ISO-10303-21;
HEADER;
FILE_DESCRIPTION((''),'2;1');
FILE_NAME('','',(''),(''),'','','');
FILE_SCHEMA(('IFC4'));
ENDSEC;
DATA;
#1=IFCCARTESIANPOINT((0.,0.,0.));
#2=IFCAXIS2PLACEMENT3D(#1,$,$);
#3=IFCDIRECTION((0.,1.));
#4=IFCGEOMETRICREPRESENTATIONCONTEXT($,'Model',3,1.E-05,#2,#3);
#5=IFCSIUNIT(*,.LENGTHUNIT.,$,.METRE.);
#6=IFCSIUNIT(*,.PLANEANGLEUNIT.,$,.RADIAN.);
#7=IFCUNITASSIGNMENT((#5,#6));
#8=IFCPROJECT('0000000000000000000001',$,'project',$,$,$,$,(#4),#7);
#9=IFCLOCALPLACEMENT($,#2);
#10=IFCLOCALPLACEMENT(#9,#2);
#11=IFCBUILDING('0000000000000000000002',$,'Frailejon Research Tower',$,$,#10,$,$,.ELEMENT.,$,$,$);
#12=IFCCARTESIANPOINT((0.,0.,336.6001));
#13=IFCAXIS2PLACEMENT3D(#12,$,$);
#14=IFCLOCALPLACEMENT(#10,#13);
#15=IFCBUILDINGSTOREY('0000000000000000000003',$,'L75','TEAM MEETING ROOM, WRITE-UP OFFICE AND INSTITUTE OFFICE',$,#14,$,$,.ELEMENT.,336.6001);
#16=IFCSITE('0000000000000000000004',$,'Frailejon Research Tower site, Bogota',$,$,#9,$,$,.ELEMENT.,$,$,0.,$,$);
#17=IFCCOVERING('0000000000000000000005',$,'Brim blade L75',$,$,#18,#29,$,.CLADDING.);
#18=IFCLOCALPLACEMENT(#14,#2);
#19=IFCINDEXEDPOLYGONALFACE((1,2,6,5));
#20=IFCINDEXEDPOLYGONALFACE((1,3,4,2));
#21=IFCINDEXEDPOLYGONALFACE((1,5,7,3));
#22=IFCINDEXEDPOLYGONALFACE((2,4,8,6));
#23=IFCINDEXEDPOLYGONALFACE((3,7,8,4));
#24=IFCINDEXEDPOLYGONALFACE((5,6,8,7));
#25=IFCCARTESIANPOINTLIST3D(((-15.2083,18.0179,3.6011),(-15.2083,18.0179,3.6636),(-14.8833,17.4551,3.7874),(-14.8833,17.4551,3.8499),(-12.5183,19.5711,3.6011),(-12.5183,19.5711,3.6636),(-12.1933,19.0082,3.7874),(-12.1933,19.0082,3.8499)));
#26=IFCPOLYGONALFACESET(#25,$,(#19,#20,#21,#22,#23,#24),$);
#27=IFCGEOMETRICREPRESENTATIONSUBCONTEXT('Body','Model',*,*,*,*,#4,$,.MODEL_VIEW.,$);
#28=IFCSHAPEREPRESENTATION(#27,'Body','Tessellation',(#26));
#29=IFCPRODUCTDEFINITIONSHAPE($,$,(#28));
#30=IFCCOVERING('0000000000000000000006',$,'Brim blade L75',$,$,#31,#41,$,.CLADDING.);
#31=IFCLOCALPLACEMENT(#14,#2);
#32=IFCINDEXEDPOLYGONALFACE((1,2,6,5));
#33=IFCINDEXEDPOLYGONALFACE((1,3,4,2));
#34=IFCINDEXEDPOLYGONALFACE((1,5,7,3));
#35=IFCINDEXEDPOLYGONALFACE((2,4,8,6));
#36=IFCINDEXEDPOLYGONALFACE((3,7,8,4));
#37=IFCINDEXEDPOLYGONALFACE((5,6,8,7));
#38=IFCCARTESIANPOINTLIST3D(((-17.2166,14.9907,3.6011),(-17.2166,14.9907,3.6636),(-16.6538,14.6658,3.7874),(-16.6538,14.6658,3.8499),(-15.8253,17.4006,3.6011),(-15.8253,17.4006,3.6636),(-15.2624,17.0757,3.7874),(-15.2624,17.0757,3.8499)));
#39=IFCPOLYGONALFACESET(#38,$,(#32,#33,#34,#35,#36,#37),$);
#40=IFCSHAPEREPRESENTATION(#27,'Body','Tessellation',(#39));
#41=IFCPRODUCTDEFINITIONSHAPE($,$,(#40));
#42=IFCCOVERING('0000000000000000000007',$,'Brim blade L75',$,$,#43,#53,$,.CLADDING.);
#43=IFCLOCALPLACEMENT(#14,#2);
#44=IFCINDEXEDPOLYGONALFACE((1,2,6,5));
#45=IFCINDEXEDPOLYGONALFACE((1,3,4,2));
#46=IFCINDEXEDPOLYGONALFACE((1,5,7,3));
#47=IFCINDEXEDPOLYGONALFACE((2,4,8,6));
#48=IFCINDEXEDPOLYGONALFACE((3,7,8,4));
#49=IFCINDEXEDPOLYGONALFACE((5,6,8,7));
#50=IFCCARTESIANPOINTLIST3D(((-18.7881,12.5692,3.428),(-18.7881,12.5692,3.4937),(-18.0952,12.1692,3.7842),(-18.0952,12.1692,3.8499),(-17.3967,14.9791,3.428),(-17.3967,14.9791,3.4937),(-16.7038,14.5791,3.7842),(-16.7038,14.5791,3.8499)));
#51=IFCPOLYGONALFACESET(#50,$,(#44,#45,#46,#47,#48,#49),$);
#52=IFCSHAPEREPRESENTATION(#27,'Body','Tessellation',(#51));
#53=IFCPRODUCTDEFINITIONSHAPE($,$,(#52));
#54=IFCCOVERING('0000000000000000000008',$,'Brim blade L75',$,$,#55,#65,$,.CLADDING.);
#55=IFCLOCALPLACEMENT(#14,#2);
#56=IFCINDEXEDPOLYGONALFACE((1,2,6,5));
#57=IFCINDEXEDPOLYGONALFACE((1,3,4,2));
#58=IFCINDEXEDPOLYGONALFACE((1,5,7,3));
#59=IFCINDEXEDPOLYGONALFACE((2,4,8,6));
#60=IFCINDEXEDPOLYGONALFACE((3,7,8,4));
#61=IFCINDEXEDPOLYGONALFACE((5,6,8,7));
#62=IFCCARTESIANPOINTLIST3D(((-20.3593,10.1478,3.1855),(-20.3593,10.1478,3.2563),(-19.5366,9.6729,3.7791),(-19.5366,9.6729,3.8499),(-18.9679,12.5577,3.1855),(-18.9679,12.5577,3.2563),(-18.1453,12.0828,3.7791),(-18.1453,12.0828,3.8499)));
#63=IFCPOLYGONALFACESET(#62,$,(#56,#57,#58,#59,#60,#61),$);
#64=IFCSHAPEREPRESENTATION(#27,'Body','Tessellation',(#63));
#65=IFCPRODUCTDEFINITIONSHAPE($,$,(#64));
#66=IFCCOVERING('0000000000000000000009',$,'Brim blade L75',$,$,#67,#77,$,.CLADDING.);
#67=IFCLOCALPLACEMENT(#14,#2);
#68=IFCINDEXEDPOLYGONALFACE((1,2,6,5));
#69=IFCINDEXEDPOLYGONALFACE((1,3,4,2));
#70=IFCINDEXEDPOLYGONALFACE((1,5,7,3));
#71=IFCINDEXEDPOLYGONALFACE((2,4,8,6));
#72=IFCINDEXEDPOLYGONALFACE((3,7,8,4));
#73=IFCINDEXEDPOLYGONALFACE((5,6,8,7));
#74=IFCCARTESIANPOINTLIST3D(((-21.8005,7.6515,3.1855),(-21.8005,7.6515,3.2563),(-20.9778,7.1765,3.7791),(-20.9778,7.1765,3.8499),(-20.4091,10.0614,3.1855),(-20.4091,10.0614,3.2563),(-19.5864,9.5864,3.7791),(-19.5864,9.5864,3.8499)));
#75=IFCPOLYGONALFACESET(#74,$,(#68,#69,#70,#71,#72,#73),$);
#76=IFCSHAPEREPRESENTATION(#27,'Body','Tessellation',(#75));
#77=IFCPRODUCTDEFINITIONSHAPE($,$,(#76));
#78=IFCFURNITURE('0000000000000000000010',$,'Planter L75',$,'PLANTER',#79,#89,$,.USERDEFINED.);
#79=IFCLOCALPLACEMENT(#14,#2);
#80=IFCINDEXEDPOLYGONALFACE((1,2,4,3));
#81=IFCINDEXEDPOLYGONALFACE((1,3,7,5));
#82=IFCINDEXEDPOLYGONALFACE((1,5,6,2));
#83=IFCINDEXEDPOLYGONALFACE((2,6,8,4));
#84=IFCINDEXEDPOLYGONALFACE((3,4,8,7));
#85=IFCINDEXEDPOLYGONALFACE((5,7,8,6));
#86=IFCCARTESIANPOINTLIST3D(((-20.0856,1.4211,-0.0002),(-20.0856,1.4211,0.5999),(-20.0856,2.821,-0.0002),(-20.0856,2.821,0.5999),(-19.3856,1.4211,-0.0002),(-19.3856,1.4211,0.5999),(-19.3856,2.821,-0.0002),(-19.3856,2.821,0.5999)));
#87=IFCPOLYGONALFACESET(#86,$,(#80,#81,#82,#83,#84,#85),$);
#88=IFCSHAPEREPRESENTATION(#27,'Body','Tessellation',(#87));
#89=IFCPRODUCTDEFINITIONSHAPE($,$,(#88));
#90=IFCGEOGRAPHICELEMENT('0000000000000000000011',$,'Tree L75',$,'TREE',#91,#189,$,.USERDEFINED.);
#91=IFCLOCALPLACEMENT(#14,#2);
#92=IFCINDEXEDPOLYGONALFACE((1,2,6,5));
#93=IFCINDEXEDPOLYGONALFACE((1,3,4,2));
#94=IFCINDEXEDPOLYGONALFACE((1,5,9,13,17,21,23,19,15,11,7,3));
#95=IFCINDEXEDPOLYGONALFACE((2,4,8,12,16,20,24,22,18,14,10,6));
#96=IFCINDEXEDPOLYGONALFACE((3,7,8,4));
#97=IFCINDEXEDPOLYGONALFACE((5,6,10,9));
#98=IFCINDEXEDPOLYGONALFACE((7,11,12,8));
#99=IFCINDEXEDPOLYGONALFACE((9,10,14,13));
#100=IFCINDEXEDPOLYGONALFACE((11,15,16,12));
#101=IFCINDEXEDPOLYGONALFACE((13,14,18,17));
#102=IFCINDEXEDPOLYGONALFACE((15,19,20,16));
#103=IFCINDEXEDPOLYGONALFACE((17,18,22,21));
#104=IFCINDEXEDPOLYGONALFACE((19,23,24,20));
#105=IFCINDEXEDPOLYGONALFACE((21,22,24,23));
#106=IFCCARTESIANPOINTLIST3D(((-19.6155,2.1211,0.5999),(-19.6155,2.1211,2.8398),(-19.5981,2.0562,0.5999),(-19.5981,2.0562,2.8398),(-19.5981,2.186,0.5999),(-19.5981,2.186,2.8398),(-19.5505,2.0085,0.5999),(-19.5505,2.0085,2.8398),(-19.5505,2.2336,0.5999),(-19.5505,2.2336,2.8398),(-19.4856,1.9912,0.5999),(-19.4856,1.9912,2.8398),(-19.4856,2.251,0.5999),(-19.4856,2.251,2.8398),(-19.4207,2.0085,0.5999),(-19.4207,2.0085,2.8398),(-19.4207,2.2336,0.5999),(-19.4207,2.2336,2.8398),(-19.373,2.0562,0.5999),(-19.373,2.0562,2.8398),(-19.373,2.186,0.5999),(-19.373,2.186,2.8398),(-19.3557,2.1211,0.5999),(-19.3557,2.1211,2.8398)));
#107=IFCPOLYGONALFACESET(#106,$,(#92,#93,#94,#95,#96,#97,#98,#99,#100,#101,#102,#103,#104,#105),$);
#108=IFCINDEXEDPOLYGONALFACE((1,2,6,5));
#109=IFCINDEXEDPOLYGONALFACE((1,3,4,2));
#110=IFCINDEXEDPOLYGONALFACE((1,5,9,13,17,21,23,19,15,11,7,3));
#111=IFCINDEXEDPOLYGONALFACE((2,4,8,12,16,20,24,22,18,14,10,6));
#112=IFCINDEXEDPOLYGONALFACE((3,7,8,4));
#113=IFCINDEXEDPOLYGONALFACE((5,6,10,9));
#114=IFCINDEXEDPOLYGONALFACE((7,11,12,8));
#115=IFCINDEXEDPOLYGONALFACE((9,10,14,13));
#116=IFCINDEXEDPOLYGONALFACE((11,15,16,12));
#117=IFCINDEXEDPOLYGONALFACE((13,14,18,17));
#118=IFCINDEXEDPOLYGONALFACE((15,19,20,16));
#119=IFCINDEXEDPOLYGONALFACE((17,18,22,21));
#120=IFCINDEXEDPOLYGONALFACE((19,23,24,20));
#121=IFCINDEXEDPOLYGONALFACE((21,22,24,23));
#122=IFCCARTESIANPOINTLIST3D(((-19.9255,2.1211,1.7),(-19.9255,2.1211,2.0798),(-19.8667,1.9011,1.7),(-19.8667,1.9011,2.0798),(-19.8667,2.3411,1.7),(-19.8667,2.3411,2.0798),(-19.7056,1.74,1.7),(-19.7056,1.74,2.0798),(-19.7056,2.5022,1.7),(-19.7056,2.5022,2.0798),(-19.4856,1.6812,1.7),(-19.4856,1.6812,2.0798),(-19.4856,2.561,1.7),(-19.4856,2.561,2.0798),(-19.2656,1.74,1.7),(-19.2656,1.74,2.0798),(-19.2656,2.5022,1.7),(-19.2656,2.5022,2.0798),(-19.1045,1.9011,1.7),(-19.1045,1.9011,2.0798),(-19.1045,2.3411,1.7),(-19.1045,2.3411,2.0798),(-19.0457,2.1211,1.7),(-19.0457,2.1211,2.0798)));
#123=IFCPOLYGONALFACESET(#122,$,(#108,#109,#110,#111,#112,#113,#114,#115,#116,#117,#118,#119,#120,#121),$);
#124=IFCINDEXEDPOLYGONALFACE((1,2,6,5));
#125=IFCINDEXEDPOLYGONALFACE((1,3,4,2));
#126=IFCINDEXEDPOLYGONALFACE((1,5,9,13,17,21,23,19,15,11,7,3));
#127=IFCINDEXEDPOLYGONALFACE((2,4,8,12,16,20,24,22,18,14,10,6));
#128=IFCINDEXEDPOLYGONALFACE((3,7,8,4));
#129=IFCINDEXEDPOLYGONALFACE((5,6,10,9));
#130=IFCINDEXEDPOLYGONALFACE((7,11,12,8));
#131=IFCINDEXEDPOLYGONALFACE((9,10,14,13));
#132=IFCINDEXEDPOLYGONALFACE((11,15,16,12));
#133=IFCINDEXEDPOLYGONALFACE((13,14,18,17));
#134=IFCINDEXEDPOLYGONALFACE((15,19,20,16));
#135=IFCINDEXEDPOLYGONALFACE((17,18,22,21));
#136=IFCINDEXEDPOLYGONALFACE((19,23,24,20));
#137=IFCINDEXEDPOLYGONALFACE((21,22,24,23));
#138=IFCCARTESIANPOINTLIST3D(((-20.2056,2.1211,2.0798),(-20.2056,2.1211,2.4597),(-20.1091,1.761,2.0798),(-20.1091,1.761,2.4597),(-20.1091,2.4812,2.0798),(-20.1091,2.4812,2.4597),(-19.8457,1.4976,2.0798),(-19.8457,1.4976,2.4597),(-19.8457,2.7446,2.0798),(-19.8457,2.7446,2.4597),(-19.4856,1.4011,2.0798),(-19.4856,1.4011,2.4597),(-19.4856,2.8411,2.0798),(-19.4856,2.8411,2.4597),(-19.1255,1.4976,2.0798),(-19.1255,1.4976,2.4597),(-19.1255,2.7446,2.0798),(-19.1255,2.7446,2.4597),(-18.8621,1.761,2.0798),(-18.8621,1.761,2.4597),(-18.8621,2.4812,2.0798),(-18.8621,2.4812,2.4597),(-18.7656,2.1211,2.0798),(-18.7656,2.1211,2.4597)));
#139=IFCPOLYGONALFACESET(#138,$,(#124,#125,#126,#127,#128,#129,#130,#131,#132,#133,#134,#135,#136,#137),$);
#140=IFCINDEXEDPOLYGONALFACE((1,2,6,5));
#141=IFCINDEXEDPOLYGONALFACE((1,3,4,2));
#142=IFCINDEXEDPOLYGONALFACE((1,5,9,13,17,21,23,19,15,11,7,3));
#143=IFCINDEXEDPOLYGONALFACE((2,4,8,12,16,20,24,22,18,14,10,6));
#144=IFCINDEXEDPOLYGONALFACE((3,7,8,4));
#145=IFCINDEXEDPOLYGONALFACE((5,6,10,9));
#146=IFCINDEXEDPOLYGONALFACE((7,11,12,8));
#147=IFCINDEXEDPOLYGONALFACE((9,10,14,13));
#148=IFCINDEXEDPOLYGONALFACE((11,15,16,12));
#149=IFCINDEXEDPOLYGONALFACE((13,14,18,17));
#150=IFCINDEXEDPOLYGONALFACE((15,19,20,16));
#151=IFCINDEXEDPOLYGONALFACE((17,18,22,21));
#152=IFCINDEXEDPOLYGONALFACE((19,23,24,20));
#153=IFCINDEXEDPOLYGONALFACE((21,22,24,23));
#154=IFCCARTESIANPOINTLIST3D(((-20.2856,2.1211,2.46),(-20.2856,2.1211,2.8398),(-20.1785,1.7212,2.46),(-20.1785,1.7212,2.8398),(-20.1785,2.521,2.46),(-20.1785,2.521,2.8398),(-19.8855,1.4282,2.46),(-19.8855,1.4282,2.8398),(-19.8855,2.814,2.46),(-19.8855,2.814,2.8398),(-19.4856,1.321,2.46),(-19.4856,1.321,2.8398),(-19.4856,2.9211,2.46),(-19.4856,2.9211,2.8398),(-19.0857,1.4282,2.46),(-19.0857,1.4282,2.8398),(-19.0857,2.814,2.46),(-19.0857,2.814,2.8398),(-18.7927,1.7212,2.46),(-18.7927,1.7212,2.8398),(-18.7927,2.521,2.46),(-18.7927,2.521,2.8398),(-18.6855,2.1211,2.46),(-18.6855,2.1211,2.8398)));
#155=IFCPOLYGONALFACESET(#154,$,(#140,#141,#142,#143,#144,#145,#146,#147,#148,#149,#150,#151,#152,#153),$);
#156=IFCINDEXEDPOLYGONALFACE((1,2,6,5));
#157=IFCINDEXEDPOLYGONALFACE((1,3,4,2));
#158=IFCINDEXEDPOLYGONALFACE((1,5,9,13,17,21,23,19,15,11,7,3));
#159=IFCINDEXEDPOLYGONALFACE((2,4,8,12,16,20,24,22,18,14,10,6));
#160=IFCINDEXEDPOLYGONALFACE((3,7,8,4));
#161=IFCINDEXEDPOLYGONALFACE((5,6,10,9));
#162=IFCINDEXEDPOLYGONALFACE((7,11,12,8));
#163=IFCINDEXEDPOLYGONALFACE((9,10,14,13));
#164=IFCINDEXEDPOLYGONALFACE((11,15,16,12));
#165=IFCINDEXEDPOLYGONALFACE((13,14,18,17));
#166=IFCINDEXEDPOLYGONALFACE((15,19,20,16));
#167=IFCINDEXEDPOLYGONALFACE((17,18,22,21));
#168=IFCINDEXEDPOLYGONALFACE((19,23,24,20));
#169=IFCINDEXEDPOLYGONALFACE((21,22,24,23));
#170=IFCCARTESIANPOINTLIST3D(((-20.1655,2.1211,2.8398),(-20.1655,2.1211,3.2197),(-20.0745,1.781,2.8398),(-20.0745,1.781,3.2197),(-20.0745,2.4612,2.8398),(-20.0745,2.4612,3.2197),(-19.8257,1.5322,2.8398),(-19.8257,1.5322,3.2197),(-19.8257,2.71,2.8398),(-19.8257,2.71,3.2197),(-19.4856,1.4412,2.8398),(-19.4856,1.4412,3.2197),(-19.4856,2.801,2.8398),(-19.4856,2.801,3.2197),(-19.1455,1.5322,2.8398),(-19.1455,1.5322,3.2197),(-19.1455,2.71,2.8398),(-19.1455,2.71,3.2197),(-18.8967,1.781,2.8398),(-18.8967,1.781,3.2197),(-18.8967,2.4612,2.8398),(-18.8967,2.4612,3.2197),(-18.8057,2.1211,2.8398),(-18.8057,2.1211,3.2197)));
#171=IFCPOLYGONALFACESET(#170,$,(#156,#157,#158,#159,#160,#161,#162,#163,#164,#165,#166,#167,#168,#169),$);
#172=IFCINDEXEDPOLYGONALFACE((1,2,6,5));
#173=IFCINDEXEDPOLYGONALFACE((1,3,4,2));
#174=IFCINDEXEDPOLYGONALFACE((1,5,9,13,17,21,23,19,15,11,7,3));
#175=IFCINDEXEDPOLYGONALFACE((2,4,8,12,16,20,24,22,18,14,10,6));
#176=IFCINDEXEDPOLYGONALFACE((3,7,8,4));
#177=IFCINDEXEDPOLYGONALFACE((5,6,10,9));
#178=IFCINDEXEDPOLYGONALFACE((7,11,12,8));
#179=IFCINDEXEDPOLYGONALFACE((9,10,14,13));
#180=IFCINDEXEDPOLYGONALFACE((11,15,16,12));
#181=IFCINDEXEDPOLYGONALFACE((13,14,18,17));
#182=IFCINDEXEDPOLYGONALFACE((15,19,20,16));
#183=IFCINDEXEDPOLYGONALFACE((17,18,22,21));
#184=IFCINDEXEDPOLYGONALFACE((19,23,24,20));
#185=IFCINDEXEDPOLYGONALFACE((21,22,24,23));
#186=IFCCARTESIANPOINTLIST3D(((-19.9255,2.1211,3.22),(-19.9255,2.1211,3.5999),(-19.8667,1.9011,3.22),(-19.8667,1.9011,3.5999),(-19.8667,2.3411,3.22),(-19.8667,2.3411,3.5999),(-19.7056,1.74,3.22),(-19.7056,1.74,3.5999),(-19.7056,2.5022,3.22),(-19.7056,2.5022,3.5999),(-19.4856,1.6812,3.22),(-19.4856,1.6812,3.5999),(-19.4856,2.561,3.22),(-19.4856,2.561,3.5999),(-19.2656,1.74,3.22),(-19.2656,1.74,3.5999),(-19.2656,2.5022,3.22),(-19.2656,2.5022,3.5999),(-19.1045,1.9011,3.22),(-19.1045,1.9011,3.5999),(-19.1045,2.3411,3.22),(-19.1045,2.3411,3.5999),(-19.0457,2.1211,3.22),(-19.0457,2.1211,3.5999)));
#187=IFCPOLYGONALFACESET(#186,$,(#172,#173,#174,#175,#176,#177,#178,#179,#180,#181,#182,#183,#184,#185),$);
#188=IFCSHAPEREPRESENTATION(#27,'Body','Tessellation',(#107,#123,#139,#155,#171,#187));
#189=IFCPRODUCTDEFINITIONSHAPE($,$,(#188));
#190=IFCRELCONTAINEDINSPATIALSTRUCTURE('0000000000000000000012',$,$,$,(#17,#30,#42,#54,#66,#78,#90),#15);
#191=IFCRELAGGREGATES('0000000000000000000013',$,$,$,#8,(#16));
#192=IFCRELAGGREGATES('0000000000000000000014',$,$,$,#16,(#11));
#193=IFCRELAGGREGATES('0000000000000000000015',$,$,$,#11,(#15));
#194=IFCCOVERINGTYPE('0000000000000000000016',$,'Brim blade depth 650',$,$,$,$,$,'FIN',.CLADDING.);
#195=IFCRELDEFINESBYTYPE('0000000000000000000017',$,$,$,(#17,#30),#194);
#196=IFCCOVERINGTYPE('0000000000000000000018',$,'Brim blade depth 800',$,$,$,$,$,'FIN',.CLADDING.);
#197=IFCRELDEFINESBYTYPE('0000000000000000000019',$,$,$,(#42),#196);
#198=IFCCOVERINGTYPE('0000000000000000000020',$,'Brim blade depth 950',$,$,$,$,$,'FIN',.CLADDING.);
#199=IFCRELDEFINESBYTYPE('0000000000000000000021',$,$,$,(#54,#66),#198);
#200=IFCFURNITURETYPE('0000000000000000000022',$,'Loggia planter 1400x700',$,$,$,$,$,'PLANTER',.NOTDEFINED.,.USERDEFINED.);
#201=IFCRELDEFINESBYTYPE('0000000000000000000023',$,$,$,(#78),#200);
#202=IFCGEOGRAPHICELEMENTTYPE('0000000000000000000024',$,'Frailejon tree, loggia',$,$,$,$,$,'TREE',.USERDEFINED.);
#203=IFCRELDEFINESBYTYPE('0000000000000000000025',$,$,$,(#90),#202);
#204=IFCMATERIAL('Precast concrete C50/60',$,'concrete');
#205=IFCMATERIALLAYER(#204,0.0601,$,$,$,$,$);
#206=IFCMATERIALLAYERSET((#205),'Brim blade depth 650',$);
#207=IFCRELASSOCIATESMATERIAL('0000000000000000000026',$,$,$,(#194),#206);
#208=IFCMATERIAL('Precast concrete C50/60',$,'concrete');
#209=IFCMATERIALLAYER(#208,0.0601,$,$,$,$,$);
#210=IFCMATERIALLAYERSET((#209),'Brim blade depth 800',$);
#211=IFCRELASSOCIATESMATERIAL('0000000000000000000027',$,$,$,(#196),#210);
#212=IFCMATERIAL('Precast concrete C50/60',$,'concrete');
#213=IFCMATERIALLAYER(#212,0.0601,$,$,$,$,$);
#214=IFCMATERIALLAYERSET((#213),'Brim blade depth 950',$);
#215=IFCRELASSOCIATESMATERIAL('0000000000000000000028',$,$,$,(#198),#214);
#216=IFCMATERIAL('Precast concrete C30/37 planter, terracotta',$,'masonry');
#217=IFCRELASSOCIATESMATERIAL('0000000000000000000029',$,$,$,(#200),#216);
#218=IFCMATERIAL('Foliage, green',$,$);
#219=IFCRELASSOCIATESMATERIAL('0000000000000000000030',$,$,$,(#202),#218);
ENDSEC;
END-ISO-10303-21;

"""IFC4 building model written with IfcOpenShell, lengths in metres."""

from ifc_helpers import new_model, si_unit, direction, frame, origin, origin_2d, place, context, subcontext, project, spatial, polyline, rectangle, outline, extrude, material, layer, layer_set, type_object, element, save


model = new_model("IFC4")

# Units and contexts
model_context = context("Model", 3, precision=1e-05, world=origin(), true_north=direction((0.0, 1.0)))
body_context = subcontext(model_context, "Body", "Model", "MODEL_VIEW")
ifc_project = project(units=[si_unit("LENGTHUNIT", "METRE"), si_unit("PLANEANGLEUNIT", "RADIAN")], contexts=[model_context])

# Site, building, storey
site_placement = place(None, origin())
site = spatial("IfcSite", under=ifc_project, at=site_placement, Name="Frailejon Research Tower site, Bogota", CompositionType="ELEMENT", RefElevation=0.0)
building_placement = place(site_placement, origin())
building = spatial("IfcBuilding", under=site, at=building_placement, Name="Frailejon Research Tower", CompositionType="ELEMENT")
storey_placement = place(building_placement, frame((0.0, 0.0, 336.6001)))
storey = spatial("IfcBuildingStorey", under=building, at=storey_placement, Name="L75", Description="TEAM MEETING ROOM, WRITE-UP OFFICE AND INSTITUTE OFFICE", CompositionType="ELEMENT", Elevation=336.6001)

# Coverings
ifc_material_1 = material(Name="Precast concrete C50/60", Category="concrete")
ifc_layer_1 = layer(ifc_material_1, 0.0601)
ifc_layer_set_1 = layer_set([ifc_layer_1], Name="Brim blade depth 650")
covering_type_1 = type_object("IfcCoveringType", Name="Brim blade depth 650", ElementType="FIN", PredefinedType="CLADDING", material=ifc_layer_set_1)
covering_1_placement = place(storey_placement, frame((-14.8833, 17.4551, 3.8499), z_axis=(0.866014, 0.50002, 0.0), x_axis=(-0.50002, 0.866014, 0.0)))
element("IfcCovering", 1, at=covering_1_placement, inside=storey, type_object=covering_type_1, Name="Brim blade L75", PredefinedType="CLADDING", context=body_context, shape_type="SweptSolid", body=[
    extrude(outline(polyline([(0.0, -0.0625), (0.6499, -0.2488), (0.6499, -0.1863), (0.0, 0.0), (0.0, -0.0625)])), origin(), (0.0, 0.0, 1.0), 3.1062),
])
covering_2_placement = place(storey_placement, frame((-16.6538, 14.6658, 3.8499), z_axis=(0.500001, 0.866025, 0.0), x_axis=(-0.866025, 0.500001, 0.0)))
element("IfcCovering", 2, at=covering_2_placement, inside=storey, type_object=covering_type_1, Name="Brim blade L75", PredefinedType="CLADDING", context=body_context, shape_type="SweptSolid", body=[
    extrude(outline(polyline([(0.0, -0.0625), (0.6499, -0.2488), (0.6499, -0.1863), (0.0, 0.0), (0.0, -0.0625)])), origin(), (0.0, 0.0, 1.0), 2.7827),
])
ifc_material_2 = material(Name="Precast concrete C50/60", Category="concrete")
ifc_layer_2 = layer(ifc_material_2, 0.0601)
ifc_layer_set_2 = layer_set([ifc_layer_2], Name="Brim blade depth 800")
covering_type_2 = type_object("IfcCoveringType", Name="Brim blade depth 800", ElementType="FIN", PredefinedType="CLADDING", material=ifc_layer_set_2)
covering_3_placement = place(storey_placement, frame((-18.0952, 12.1692, 3.8499), z_axis=(0.500012, 0.866019, 0.0), x_axis=(-0.866019, 0.500012, 0.0)))
element("IfcCovering", 3, at=covering_3_placement, inside=storey, type_object=covering_type_2, Name="Brim blade L75", PredefinedType="CLADDING", context=body_context, shape_type="SweptSolid", body=[
    extrude(outline(polyline([(0.0, -0.0657), (0.8, -0.4219), (0.8, -0.3562), (0.0, 0.0), (0.0, -0.0657)])), origin(), (0.0, 0.0, 1.0), 2.7827),
])
ifc_material_3 = material(Name="Precast concrete C50/60", Category="concrete")
ifc_layer_3 = layer(ifc_material_3, 0.0601)
ifc_layer_set_3 = layer_set([ifc_layer_3], Name="Brim blade depth 950")
covering_type_3 = type_object("IfcCoveringType", Name="Brim blade depth 950", ElementType="FIN", PredefinedType="CLADDING", material=ifc_layer_set_3)
for number, where, z_axis, x_axis, name in (
    (4, (-19.5366, 9.6729, 3.8499), (0.500001, 0.866025, 0.0), (-0.866025, 0.500001, 0.0), "Brim blade L75"),
    (5, (-20.9778, 7.1765, 3.8499), (0.500001, 0.866025, 0.0), (-0.866025, 0.500001, 0.0), "Brim blade L75"),
):
    element("IfcCovering", number, at=place(storey_placement, frame(where, z_axis=z_axis, x_axis=x_axis)), inside=storey, type_object=covering_type_3, Name=name, PredefinedType="CLADDING", context=body_context, shape_type="SweptSolid", body=[
        extrude(outline(polyline([(0.0, -0.0708), (0.95, -0.6643), (0.95, -0.5935), (0.0, 0.0), (0.0, -0.0708)])), origin(), (0.0, 0.0, 1.0), 2.7827),
    ])

# Furniture
ifc_material_4 = material(Name="Precast concrete C30/37 planter, terracotta", Category="masonry")
furniture_type = type_object("IfcFurnitureType", Name="Loggia planter 1400x700", ElementType="PLANTER", AssemblyPlace="NOTDEFINED", PredefinedType="USERDEFINED", material=ifc_material_4)
furniture_placement = place(storey_placement, frame((-19.7356, 2.1211, -0.0002), z_axis=(0.0, 0.0, 1.0), x_axis=(0.0, -1.0, 0.0)))
element("IfcFurniture", 6, at=furniture_placement, inside=storey, type_object=furniture_type, Name="Planter L75", ObjectType="PLANTER", PredefinedType="USERDEFINED", context=body_context, shape_type="SweptSolid", body=[
    extrude(rectangle(XDim=1.3999, YDim=0.7, at=origin_2d()), origin(), (0.0, 0.0, 1.0), 0.6001),
])

# Geographic element
ifc_material_5 = material(Name="Foliage, green")
geographic_element_type = type_object("IfcGeographicElementType", Name="Frailejon tree, loggia", ElementType="TREE", PredefinedType="USERDEFINED", material=ifc_material_5)
geographic_element_placement = place(storey_placement, frame((-19.4856, 2.1211, 0.5999)))
element("IfcGeographicElement", 7, at=geographic_element_placement, inside=storey, type_object=geographic_element_type, Name="Tree L75", ObjectType="TREE", PredefinedType="USERDEFINED", context=body_context, shape_type="SweptSolid", body=[
    extrude(outline(polyline([(0.1299, 0.0), (0.1125, 0.0649), (0.0649, 0.1125), (0.0, 0.1299), (-0.0649, 0.1125), (-0.1125, 0.0649), (-0.1299, 0.0), (-0.1125, -0.0649), (-0.0649, -0.1125), (0.0, -0.1299), (0.0649, -0.1125), (0.1125, -0.0649), (0.1299, 0.0)])), origin(), (0.0, 0.0, 1.0), 2.24),
    extrude(outline(polyline([(0.4399, 0.0), (0.3811, 0.22), (0.22, 0.3811), (0.0, 0.4399), (-0.22, 0.3811), (-0.3811, 0.22), (-0.4399, 0.0), (-0.3811, -0.22), (-0.22, -0.3811), (0.0, -0.4399), (0.22, -0.3811), (0.3811, -0.22), (0.4399, 0.0)])), frame((0.0, 0.0, 1.1001)), (0.0, 0.0, 1.0), 0.3799),
    extrude(outline(polyline([(0.72, 0.0), (0.6235, 0.3601), (0.3601, 0.6235), (0.0, 0.72), (-0.3601, 0.6235), (-0.6235, 0.3601), (-0.72, 0.0), (-0.6235, -0.3601), (-0.3601, -0.6235), (0.0, -0.72), (0.3601, -0.6235), (0.6235, -0.3601), (0.72, 0.0)])), frame((0.0, 0.0, 1.48)), (0.0, 0.0, 1.0), 0.3799),
    extrude(outline(polyline([(0.8, 0.0), (0.6929, 0.3999), (0.3999, 0.6929), (0.0, 0.8), (-0.3999, 0.6929), (-0.6929, 0.3999), (-0.8, 0.0), (-0.6929, -0.3999), (-0.3999, -0.6929), (0.0, -0.8), (0.3999, -0.6929), (0.6929, -0.3999), (0.8, 0.0)])), frame((0.0, 0.0, 1.8601)), (0.0, 0.0, 1.0), 0.3799),
    extrude(outline(polyline([(0.6799, 0.0), (0.5889, 0.3401), (0.3401, 0.5889), (0.0, 0.6799), (-0.3401, 0.5889), (-0.5889, 0.3401), (-0.6799, 0.0), (-0.5889, -0.3401), (-0.3401, -0.5889), (0.0, -0.6799), (0.3401, -0.5889), (0.5889, -0.3401), (0.6799, 0.0)])), frame((0.0, 0.0, 2.24)), (0.0, 0.0, 1.0), 0.3799),
    extrude(outline(polyline([(0.4399, 0.0), (0.3811, 0.22), (0.22, 0.3811), (0.0, 0.4399), (-0.22, 0.3811), (-0.3811, 0.22), (-0.4399, 0.0), (-0.3811, -0.22), (-0.22, -0.3811), (0.0, -0.4399), (0.22, -0.3811), (0.3811, -0.22), (0.4399, 0.0)])), frame((0.0, 0.0, 2.6201)), (0.0, 0.0, 1.0), 0.3799),
])

save(model, "model.ifc")
